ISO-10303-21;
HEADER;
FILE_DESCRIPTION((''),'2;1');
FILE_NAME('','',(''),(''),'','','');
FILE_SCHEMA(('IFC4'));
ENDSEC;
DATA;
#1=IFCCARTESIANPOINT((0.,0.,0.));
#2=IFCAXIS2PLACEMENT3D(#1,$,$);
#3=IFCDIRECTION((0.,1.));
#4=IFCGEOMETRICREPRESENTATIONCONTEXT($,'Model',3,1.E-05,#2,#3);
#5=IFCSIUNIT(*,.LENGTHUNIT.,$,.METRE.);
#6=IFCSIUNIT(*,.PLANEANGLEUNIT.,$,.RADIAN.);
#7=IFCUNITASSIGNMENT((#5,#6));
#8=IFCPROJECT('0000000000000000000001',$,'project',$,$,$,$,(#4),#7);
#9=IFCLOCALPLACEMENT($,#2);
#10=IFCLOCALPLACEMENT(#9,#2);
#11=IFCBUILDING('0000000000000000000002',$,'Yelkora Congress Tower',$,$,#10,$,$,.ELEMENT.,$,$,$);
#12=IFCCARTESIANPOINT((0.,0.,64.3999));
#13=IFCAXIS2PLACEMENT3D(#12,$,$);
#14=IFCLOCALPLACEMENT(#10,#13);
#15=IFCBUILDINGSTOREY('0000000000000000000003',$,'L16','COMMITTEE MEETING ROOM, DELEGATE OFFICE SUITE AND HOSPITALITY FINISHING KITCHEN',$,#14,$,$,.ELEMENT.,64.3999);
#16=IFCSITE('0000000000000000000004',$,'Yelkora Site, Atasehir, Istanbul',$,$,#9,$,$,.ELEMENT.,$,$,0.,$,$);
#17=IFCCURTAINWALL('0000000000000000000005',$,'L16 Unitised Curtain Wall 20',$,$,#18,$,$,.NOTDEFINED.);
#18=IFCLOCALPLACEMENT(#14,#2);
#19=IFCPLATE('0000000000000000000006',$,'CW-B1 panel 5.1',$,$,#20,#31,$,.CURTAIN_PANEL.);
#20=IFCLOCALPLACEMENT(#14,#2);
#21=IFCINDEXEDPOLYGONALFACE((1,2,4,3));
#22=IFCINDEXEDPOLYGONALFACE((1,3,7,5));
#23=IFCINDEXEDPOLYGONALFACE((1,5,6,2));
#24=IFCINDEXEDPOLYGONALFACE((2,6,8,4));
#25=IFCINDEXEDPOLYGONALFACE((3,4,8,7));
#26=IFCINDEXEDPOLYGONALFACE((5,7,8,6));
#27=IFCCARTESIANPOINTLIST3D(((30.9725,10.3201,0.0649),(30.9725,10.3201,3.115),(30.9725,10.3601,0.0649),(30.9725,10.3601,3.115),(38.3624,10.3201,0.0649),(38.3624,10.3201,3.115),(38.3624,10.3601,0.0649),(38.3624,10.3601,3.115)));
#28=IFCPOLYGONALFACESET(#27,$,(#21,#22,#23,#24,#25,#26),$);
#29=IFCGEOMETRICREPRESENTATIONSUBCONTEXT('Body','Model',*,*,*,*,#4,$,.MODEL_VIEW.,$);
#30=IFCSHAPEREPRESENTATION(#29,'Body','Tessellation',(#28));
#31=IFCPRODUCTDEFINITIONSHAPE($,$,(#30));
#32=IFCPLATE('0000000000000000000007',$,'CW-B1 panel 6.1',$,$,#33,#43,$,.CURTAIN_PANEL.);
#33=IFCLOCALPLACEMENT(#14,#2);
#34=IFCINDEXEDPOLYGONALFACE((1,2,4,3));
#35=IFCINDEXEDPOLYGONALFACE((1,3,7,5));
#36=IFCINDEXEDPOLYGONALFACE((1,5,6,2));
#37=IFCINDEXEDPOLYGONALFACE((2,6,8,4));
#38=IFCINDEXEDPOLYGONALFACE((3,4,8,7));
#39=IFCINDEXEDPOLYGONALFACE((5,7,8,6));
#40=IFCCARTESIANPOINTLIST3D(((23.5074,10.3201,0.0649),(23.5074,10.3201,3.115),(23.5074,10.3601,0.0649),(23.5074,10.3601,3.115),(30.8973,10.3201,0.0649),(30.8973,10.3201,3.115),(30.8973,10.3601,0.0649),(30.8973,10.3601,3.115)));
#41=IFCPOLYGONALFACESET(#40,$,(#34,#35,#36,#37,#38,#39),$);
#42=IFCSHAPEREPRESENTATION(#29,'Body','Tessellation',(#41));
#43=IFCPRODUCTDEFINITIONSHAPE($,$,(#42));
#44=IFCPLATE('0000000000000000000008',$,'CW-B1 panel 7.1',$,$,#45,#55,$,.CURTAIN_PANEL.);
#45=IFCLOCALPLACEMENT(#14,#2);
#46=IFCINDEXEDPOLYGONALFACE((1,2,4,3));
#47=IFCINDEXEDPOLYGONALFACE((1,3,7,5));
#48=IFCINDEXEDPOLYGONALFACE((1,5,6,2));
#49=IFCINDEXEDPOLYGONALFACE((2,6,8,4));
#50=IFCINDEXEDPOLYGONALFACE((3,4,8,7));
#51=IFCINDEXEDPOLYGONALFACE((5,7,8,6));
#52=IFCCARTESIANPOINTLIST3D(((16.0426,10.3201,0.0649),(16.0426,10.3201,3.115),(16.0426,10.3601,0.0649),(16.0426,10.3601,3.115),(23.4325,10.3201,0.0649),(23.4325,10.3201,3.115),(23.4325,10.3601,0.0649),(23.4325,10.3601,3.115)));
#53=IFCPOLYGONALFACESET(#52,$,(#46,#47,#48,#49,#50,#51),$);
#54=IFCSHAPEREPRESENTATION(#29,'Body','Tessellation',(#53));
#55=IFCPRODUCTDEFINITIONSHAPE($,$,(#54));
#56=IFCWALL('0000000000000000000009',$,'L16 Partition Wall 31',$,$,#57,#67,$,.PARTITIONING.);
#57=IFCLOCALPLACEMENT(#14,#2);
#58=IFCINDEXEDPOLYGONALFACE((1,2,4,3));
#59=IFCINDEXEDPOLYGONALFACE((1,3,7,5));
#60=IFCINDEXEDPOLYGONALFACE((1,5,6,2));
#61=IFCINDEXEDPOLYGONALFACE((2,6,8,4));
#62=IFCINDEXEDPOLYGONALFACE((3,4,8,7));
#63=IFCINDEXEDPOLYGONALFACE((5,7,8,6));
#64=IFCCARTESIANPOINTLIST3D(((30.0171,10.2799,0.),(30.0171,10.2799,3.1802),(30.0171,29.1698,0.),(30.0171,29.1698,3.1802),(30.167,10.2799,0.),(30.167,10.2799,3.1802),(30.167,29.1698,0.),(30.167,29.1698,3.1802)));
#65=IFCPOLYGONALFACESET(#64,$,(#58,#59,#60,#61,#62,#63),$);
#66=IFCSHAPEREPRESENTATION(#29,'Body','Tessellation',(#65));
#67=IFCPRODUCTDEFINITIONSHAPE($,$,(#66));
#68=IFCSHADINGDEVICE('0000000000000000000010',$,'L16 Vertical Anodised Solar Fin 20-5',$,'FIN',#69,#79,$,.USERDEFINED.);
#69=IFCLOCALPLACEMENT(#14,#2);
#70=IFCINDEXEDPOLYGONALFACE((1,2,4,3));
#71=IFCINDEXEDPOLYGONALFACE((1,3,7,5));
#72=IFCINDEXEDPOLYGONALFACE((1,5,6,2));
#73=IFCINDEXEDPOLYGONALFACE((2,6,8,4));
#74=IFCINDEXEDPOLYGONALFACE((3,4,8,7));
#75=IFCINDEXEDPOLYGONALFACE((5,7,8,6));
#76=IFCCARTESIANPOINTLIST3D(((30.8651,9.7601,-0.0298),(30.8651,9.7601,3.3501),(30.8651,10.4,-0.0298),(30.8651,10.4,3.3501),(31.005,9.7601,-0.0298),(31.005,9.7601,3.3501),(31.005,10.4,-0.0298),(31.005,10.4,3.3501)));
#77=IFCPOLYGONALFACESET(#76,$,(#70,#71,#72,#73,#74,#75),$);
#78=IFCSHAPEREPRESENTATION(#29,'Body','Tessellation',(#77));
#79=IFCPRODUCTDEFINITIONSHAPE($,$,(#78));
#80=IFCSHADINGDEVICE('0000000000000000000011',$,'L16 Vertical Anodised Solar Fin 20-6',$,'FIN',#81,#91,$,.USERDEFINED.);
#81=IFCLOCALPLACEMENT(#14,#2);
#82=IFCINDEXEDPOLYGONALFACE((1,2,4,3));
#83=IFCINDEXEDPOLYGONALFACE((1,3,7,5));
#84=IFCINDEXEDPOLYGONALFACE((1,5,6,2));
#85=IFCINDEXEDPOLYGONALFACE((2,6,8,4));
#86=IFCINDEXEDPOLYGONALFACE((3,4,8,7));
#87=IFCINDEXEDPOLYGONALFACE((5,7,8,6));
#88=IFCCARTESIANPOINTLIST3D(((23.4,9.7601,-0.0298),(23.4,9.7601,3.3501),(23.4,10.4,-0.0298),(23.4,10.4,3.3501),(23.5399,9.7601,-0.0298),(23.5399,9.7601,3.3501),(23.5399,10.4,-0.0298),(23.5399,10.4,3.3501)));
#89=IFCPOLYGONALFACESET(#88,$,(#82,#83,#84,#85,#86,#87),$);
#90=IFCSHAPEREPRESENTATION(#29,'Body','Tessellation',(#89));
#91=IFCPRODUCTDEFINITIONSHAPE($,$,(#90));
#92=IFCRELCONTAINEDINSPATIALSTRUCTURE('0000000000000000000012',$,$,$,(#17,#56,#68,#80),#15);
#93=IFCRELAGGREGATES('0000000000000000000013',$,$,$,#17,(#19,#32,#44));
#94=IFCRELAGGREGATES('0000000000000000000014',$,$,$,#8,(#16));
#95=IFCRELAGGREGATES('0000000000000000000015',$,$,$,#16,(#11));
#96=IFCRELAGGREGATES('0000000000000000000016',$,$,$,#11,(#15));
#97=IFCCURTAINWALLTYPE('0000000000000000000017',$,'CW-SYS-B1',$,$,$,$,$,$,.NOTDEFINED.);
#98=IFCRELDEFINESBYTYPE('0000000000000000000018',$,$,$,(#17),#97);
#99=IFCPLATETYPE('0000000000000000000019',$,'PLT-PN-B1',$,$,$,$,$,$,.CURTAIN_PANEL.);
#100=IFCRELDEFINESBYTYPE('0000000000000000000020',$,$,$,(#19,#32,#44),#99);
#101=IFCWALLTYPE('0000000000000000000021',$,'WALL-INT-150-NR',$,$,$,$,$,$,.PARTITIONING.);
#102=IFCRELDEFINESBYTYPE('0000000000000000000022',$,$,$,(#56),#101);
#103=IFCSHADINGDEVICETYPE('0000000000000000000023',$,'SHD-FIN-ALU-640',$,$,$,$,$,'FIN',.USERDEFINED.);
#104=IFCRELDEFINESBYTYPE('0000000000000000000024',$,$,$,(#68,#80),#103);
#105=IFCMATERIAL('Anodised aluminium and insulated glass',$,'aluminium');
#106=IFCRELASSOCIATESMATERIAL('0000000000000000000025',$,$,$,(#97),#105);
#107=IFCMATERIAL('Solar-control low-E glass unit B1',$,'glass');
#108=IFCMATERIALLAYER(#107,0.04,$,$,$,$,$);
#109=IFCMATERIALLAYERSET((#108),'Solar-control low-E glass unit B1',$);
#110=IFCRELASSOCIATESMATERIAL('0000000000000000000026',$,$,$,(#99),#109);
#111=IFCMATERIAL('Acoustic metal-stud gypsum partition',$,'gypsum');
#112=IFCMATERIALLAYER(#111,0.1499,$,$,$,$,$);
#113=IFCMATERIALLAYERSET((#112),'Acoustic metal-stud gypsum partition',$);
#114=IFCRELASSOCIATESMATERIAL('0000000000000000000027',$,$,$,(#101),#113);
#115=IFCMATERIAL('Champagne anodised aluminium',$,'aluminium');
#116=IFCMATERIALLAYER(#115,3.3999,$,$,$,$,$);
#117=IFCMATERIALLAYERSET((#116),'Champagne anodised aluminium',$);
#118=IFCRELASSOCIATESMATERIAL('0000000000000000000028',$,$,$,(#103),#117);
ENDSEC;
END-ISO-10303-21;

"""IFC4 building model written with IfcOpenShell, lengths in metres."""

from ifc_helpers import new_model, si_unit, direction, frame, frame_2d, origin, origin_2d, place, context, subcontext, project, spatial, rectangle, extrude, material, layer, layer_set, type_object, element, aggregate, save


model = new_model("IFC4")

# Units and contexts
model_context = context("Model", 3, precision=1e-05, world=origin(), true_north=direction((0.0, 1.0)))
body_context = subcontext(model_context, "Body", "Model", "MODEL_VIEW")
ifc_project = project(units=[si_unit("LENGTHUNIT", "METRE"), si_unit("PLANEANGLEUNIT", "RADIAN")], contexts=[model_context])

# Site, building, storey
site_placement = place(None, origin())
site = spatial("IfcSite", under=ifc_project, at=site_placement, Name="Yelkora Site, Atasehir, Istanbul", CompositionType="ELEMENT", RefElevation=0.0)
building_placement = place(site_placement, origin())
building = spatial("IfcBuilding", under=site, at=building_placement, Name="Yelkora Congress Tower", CompositionType="ELEMENT")
storey_placement = place(building_placement, frame((0.0, 0.0, 64.3999)))
storey = spatial("IfcBuildingStorey", under=building, at=storey_placement, Name="L16", Description="COMMITTEE MEETING ROOM, DELEGATE OFFICE SUITE AND HOSPITALITY FINISHING KITCHEN", CompositionType="ELEMENT", Elevation=64.3999)

# Curtain wall, plates
ifc_material_1 = material(Name="Anodised aluminium and insulated glass", Category="aluminium")
curtain_wall_type = type_object("IfcCurtainWallType", Name="CW-SYS-B1", PredefinedType="NOTDEFINED", material=ifc_material_1)
curtain_wall_placement = place(storey_placement, origin())
curtain_wall = element("IfcCurtainWall", 1, at=curtain_wall_placement, inside=storey, type_object=curtain_wall_type, Name="L16 Unitised Curtain Wall 20", PredefinedType="NOTDEFINED")
ifc_material_2 = material(Name="Solar-control low-E glass unit B1", Category="glass")
ifc_layer_1 = layer(ifc_material_2, 0.04)
ifc_layer_set_1 = layer_set([ifc_layer_1], Name="Solar-control low-E glass unit B1")
plate_type = type_object("IfcPlateType", Name="PLT-PN-B1", PredefinedType="CURTAIN_PANEL", material=ifc_layer_set_1)
plate_1_placement = place(storey_placement, frame((34.6675, 10.3401, 0.0649), z_axis=(0.0, 0.0, 1.0), x_axis=(-1.0, 0.0, 0.0)))
plate_1 = element("IfcPlate", 2, at=plate_1_placement, type_object=plate_type, Name="CW-B1 panel 5.1", PredefinedType="CURTAIN_PANEL", context=body_context, shape_type="SweptSolid", body=[
    extrude(rectangle(XDim=7.3899, YDim=0.04, at=origin_2d()), origin(), (0.0, 0.0, 1.0), 3.05),
])
plate_2_placement = place(storey_placement, frame((27.2024, 10.3401, 0.0649), z_axis=(0.0, 0.0, 1.0), x_axis=(-1.0, 0.0, 0.0)))
plate_2 = element("IfcPlate", 3, at=plate_2_placement, type_object=plate_type, Name="CW-B1 panel 6.1", PredefinedType="CURTAIN_PANEL", context=body_context, shape_type="SweptSolid", body=[
    extrude(rectangle(XDim=7.3899, YDim=0.04, at=origin_2d()), origin(), (0.0, 0.0, 1.0), 3.05),
])
plate_3_placement = place(storey_placement, frame((19.7375, 10.3401, 0.0649), z_axis=(0.0, 0.0, 1.0), x_axis=(-1.0, 0.0, 0.0)))
plate_3 = element("IfcPlate", 4, at=plate_3_placement, type_object=plate_type, Name="CW-B1 panel 7.1", PredefinedType="CURTAIN_PANEL", context=body_context, shape_type="SweptSolid", body=[
    extrude(rectangle(XDim=7.3899, YDim=0.04, at=origin_2d()), origin(), (0.0, 0.0, 1.0), 3.05),
])
aggregate(curtain_wall, [plate_1, plate_2, plate_3])

# Wall
ifc_material_3 = material(Name="Acoustic metal-stud gypsum partition", Category="gypsum")
ifc_layer_2 = layer(ifc_material_3, 0.1499)
ifc_layer_set_2 = layer_set([ifc_layer_2], Name="Acoustic metal-stud gypsum partition")
wall_type = type_object("IfcWallType", Name="WALL-INT-150-NR", PredefinedType="PARTITIONING", material=ifc_layer_set_2)
wall_placement = place(storey_placement, frame((30.092, 10.28, 0.0), z_axis=(0.0, 0.0, 1.0), x_axis=(0.0, 1.0, 0.0)))
element("IfcWall", 5, at=wall_placement, inside=storey, type_object=wall_type, Name="L16 Partition Wall 31", PredefinedType="PARTITIONING", context=body_context, shape_type="SweptSolid", body=[
    extrude(rectangle(XDim=18.8899, YDim=0.1499, at=frame_2d((9.4448, 0.0))), origin(), (0.0, 0.0, 1.0), 3.1802),
])

# Shading devices
ifc_material_4 = material(Name="Champagne anodised aluminium", Category="aluminium")
ifc_layer_3 = layer(ifc_material_4, 3.3999)
ifc_layer_set_3 = layer_set([ifc_layer_3], Name="Champagne anodised aluminium")
shading_device_type = type_object("IfcShadingDeviceType", Name="SHD-FIN-ALU-640", ElementType="FIN", PredefinedType="USERDEFINED", material=ifc_layer_set_3)
for number, where, z_axis, x_axis, name in (
    (6, (30.9351, 10.0801, -0.0298), (0.0, 0.0, 1.0), (-1.0, 0.0, 0.0), "L16 Vertical Anodised Solar Fin 20-5"),
    (7, (23.47, 10.0801, -0.0298), (0.0, 0.0, 1.0), (-1.0, 0.0, 0.0), "L16 Vertical Anodised Solar Fin 20-6"),
):
    element("IfcShadingDevice", number, at=place(storey_placement, frame(where, z_axis=z_axis, x_axis=x_axis)), inside=storey, type_object=shading_device_type, Name=name, ObjectType="FIN", PredefinedType="USERDEFINED", context=body_context, shape_type="SweptSolid", body=[
        extrude(rectangle(XDim=0.1399, YDim=0.6399, at=origin_2d()), origin(), (0.0, 0.0, 1.0), 3.3799),
    ])

save(model, "model.ifc")
